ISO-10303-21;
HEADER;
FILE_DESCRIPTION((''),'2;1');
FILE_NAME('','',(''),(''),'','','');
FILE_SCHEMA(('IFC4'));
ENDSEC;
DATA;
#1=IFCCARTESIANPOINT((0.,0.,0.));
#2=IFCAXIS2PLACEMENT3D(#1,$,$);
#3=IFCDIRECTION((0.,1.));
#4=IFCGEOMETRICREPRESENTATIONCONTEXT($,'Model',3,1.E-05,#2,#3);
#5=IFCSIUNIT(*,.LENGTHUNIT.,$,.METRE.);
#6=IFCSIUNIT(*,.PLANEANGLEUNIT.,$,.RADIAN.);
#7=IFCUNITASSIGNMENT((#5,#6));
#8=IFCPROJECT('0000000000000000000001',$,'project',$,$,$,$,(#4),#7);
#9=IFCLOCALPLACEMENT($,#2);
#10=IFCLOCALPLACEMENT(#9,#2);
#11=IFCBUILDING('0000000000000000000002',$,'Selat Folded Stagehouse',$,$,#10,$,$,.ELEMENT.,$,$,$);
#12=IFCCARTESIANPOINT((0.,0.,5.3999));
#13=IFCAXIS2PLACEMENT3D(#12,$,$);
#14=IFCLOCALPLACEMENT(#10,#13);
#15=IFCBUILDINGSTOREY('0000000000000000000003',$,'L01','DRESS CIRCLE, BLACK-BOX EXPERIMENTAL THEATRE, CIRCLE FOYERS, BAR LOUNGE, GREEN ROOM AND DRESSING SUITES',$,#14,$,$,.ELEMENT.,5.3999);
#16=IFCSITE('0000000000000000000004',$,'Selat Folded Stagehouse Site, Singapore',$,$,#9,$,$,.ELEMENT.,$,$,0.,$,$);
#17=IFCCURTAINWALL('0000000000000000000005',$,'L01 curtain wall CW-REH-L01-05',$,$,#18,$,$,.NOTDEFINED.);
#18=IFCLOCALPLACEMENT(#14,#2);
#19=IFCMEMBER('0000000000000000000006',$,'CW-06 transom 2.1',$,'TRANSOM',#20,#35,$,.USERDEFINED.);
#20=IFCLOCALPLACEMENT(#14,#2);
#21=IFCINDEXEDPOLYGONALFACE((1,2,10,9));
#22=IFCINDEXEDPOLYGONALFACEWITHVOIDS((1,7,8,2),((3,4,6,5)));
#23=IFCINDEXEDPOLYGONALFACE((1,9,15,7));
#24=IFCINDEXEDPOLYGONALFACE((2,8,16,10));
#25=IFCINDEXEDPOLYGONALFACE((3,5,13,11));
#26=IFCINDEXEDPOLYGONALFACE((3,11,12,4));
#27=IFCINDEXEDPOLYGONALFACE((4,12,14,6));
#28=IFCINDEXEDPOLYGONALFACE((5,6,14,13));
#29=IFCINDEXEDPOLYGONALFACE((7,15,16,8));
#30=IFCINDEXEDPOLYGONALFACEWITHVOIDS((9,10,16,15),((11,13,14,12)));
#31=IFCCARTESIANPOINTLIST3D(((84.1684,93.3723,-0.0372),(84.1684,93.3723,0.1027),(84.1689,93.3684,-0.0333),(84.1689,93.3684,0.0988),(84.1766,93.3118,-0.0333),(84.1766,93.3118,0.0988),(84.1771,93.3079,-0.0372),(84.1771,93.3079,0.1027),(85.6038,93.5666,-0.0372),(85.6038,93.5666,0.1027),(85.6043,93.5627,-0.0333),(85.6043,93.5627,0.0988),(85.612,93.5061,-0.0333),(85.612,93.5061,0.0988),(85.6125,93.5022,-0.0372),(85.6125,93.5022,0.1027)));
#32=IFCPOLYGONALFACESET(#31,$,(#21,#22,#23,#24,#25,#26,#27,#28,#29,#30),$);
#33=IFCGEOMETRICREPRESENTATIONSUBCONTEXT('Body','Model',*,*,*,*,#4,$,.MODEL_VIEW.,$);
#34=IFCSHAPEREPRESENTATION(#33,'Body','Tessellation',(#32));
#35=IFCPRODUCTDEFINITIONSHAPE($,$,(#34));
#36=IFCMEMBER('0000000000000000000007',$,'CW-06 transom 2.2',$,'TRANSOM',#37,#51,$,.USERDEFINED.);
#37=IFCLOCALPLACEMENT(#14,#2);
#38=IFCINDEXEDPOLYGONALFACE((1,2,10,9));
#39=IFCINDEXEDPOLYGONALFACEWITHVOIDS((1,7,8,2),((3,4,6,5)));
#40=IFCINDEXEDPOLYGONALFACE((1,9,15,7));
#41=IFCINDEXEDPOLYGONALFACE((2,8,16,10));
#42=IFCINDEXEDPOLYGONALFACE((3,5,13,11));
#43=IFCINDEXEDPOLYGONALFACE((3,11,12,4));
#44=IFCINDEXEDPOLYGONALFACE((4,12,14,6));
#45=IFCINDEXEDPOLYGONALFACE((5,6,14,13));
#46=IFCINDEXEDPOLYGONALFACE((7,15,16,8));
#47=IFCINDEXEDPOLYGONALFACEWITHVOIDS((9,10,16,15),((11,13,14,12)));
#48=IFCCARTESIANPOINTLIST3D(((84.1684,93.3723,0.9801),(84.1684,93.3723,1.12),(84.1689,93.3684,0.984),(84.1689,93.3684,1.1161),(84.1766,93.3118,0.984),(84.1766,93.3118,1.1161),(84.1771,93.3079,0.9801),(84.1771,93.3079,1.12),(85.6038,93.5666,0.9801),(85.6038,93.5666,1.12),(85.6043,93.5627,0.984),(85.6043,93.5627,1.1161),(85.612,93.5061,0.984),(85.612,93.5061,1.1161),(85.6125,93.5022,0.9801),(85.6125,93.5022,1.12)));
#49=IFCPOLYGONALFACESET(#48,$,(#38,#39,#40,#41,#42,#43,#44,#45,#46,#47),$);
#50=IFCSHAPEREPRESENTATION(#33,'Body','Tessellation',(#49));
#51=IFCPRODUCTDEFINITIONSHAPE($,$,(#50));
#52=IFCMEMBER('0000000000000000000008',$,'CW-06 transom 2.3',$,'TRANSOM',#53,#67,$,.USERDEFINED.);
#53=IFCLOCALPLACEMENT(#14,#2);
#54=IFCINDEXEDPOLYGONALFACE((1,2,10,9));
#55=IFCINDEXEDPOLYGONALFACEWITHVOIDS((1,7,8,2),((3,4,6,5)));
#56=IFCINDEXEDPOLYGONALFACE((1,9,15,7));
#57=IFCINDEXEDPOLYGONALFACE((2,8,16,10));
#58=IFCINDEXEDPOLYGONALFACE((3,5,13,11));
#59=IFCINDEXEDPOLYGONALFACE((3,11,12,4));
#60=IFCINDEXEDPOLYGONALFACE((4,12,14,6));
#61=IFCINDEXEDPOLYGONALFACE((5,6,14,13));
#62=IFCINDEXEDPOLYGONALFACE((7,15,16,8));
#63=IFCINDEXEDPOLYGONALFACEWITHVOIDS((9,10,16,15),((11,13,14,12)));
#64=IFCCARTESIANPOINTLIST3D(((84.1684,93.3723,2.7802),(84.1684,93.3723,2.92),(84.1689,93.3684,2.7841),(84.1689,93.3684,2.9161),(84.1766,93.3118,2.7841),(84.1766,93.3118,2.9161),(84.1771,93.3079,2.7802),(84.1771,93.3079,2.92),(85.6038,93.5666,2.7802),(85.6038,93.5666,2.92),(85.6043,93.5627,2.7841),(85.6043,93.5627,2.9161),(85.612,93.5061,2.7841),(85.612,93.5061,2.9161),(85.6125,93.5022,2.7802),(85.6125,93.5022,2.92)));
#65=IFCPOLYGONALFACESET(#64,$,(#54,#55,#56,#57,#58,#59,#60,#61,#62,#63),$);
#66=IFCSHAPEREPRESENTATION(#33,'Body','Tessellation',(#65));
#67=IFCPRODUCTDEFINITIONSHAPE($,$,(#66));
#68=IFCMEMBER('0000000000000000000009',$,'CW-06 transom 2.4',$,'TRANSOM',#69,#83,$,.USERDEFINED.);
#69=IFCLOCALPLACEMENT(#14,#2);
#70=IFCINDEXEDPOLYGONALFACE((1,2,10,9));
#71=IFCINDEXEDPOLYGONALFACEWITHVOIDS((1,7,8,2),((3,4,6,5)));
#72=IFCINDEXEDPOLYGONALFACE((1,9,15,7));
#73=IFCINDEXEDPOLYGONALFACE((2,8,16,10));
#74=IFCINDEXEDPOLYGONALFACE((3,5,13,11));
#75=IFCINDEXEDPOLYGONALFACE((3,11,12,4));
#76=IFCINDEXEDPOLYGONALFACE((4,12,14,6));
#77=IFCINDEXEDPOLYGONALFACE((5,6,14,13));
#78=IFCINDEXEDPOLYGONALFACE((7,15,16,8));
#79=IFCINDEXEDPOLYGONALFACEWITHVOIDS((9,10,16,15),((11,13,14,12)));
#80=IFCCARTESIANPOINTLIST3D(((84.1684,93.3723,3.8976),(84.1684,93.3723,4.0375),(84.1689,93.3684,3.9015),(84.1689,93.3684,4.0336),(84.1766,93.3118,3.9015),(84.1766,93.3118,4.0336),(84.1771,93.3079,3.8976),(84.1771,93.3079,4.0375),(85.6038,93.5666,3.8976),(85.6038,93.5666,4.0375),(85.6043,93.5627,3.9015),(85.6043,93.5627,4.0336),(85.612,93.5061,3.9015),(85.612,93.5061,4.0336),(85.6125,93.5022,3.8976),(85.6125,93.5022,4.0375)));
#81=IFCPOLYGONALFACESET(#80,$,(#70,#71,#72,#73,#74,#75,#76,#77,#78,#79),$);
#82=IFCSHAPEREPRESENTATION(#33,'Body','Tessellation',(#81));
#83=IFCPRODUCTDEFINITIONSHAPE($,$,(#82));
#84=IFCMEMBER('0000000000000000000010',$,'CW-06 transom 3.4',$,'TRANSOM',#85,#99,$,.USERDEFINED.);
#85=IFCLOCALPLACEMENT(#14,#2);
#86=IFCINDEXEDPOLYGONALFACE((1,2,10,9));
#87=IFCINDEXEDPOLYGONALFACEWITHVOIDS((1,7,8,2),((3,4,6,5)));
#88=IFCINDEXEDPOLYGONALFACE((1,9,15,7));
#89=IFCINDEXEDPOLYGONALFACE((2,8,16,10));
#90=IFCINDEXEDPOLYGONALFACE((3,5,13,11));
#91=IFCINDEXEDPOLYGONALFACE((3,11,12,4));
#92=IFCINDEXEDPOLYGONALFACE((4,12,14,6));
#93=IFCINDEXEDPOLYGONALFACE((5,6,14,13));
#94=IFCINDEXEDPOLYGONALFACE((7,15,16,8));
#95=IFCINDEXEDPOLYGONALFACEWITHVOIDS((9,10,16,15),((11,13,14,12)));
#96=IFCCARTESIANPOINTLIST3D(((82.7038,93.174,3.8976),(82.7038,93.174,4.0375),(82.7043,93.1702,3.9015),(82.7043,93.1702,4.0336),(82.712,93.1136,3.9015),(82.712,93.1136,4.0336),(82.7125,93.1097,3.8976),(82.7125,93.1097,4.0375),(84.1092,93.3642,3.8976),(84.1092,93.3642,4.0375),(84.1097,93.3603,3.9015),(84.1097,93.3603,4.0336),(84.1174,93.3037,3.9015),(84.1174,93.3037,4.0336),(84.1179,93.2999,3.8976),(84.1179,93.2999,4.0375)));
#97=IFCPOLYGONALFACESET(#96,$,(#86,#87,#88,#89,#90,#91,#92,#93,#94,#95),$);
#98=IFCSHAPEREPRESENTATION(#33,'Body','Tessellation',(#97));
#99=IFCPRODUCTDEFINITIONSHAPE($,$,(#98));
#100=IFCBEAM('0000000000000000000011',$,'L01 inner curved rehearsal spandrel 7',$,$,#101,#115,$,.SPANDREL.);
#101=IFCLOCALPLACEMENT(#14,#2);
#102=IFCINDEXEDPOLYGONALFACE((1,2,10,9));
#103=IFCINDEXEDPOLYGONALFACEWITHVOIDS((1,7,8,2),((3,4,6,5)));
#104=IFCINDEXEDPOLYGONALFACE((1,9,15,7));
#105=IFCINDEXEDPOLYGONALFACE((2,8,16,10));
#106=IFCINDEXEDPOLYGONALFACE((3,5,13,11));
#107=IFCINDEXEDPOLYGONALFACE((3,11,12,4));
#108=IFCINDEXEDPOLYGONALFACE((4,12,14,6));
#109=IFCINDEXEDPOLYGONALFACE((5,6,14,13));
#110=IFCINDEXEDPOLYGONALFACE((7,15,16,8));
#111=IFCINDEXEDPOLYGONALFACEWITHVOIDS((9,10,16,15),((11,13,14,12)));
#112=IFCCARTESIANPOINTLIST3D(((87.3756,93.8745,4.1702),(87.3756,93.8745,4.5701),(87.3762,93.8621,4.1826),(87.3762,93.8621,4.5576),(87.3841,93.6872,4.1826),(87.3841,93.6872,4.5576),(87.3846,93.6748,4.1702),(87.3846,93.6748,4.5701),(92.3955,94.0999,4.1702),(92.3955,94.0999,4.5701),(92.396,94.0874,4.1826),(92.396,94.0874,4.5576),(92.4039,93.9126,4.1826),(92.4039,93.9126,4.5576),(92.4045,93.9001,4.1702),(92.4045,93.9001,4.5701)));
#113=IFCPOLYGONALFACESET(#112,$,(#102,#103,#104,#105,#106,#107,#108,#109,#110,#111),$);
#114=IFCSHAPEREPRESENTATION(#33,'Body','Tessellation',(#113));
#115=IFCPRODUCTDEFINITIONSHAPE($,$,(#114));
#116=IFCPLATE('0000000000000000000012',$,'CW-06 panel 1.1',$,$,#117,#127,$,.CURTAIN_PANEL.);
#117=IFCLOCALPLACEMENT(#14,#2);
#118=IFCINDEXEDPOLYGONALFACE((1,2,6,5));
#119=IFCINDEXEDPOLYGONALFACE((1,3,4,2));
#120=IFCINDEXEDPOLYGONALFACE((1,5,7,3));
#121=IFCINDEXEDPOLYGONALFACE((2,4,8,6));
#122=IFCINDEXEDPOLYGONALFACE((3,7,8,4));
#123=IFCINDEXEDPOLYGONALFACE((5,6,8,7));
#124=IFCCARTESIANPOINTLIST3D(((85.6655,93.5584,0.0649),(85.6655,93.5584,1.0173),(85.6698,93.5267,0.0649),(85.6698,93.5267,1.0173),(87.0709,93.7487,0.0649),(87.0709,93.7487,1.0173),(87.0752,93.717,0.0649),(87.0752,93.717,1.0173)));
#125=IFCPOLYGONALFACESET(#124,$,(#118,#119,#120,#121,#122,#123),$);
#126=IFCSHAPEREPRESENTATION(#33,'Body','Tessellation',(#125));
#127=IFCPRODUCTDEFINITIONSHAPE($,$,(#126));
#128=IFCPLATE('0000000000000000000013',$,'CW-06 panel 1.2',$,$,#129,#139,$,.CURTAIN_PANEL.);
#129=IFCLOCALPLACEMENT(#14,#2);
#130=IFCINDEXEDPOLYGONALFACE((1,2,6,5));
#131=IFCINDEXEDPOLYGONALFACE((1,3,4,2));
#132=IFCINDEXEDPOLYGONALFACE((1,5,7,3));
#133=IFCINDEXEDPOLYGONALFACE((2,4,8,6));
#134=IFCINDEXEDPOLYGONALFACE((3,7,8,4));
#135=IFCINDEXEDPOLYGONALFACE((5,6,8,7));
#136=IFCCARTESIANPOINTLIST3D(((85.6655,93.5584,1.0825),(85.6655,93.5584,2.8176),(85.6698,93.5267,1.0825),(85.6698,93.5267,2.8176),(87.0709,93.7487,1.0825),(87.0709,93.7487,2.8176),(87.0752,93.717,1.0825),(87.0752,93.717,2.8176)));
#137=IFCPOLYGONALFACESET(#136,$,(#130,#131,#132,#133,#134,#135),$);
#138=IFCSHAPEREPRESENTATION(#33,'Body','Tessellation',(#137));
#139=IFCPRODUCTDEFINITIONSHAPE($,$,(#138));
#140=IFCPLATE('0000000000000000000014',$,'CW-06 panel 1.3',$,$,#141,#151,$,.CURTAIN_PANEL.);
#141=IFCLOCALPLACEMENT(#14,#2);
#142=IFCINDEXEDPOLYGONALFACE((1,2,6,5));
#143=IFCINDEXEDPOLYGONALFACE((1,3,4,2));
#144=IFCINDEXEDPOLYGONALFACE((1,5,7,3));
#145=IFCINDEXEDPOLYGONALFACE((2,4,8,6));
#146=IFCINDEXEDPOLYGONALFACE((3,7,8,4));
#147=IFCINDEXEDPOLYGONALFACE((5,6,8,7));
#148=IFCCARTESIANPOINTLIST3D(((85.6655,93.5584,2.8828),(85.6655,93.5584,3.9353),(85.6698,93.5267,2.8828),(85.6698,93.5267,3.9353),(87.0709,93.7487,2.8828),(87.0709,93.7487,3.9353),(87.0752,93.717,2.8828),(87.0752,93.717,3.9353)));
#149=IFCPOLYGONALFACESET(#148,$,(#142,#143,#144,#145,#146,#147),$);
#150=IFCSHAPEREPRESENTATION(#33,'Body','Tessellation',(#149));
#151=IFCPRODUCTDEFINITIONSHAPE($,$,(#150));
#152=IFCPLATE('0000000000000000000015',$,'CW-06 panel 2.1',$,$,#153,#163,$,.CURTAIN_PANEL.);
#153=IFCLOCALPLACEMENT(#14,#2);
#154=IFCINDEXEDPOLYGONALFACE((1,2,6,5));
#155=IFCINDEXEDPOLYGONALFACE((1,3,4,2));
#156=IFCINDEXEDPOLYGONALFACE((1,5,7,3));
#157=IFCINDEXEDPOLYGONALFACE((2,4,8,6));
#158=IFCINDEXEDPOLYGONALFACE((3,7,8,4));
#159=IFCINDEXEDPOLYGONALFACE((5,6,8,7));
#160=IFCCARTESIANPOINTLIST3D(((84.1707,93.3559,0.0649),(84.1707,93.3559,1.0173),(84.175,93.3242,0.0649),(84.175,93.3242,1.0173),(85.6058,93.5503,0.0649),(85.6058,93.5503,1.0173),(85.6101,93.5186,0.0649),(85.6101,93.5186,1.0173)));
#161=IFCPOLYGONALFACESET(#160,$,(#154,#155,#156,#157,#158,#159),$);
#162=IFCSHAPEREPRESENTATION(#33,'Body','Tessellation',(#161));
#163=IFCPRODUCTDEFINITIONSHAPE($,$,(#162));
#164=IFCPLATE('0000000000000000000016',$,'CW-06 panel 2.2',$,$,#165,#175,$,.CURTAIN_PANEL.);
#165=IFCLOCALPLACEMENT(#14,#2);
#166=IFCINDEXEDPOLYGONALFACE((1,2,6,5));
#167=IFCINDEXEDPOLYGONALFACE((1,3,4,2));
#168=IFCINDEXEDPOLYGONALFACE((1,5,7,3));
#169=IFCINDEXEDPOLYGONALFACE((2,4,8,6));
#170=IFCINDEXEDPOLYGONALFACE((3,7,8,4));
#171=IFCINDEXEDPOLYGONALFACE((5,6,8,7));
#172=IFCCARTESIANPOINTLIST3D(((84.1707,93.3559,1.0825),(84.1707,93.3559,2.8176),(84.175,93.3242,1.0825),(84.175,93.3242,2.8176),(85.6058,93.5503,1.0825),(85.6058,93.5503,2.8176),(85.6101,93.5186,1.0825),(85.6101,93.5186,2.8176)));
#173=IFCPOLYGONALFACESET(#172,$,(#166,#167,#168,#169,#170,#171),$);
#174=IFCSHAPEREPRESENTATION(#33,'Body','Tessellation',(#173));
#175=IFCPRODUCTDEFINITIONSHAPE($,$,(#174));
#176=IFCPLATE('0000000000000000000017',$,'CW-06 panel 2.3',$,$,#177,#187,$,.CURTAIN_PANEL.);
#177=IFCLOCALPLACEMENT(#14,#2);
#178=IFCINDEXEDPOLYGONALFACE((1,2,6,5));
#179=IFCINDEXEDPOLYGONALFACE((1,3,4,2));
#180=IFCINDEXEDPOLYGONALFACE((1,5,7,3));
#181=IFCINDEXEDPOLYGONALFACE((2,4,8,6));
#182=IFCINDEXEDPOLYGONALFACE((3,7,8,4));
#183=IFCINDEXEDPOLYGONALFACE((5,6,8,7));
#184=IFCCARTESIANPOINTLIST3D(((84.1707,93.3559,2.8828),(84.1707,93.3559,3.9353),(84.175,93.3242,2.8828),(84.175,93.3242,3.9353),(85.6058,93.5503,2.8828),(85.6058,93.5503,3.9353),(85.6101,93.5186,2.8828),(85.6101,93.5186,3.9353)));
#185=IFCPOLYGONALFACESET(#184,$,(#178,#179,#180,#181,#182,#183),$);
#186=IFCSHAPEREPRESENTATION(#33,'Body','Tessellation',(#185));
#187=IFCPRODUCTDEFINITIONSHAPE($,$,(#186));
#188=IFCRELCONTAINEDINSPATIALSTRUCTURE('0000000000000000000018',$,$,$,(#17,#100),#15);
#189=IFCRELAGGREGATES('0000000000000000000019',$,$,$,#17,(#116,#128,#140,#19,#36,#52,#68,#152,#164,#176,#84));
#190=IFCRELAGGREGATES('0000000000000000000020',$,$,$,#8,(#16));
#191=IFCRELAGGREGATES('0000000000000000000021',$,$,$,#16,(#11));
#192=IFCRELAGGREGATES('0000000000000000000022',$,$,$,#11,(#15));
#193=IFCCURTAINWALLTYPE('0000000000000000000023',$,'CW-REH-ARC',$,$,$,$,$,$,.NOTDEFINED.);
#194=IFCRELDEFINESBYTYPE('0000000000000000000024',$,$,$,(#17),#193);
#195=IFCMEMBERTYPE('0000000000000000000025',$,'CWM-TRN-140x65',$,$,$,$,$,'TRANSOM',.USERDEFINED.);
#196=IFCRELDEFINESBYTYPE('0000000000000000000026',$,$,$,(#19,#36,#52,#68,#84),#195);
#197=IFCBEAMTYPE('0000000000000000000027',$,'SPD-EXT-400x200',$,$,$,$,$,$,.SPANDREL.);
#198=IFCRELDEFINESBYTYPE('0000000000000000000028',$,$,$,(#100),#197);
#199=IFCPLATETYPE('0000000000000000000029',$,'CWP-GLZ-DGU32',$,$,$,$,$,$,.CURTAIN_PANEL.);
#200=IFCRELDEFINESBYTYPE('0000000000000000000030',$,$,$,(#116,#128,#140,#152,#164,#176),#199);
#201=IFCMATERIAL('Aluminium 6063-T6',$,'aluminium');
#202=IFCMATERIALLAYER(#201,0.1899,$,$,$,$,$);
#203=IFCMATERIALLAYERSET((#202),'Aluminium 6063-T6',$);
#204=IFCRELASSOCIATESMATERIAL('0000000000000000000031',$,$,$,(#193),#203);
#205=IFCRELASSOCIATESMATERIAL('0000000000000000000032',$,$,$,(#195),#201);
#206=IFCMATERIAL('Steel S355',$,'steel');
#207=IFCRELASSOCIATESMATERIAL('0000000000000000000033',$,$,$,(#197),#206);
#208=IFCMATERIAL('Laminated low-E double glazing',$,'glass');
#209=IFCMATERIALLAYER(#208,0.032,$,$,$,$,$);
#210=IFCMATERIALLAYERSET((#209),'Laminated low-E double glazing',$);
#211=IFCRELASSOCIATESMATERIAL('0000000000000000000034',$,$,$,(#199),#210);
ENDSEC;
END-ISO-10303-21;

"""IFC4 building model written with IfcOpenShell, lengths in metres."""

from ifc_helpers import new_model, si_unit, direction, frame, origin, origin_2d, place, context, subcontext, project, spatial, rectangle, hollow_rectangle, extrude, material, layer, layer_set, material_profile, profile_set, type_object, element, aggregate, save


model = new_model("IFC4")

# Units and contexts
model_context = context("Model", 3, precision=1e-05, world=origin(), true_north=direction((0.0, 1.0)))
body_context = subcontext(model_context, "Body", "Model", "MODEL_VIEW")
ifc_project = project(units=[si_unit("LENGTHUNIT", "METRE"), si_unit("PLANEANGLEUNIT", "RADIAN")], contexts=[model_context])

# Site, building, storey
site_placement = place(None, origin())
site = spatial("IfcSite", under=ifc_project, at=site_placement, Name="Selat Folded Stagehouse Site, Singapore", CompositionType="ELEMENT", RefElevation=0.0)
building_placement = place(site_placement, origin())
building = spatial("IfcBuilding", under=site, at=building_placement, Name="Selat Folded Stagehouse", CompositionType="ELEMENT")
storey_placement = place(building_placement, frame((0.0, 0.0, 5.3999)))
storey = spatial("IfcBuildingStorey", under=building, at=storey_placement, Name="L01", Description="DRESS CIRCLE, BLACK-BOX EXPERIMENTAL THEATRE, CIRCLE FOYERS, BAR LOUNGE, GREEN ROOM AND DRESSING SUITES", CompositionType="ELEMENT", Elevation=5.3999)

# Shared definitions
ifc_material_1 = material(Name="Steel S355", Category="steel")

# Curtain wall, members
ifc_material_2 = material(Name="Aluminium 6063-T6", Category="aluminium")
ifc_layer_1 = layer(ifc_material_2, 0.1899)
ifc_layer_set_1 = layer_set([ifc_layer_1], Name="Aluminium 6063-T6")
curtain_wall_type = type_object("IfcCurtainWallType", Name="CW-REH-ARC", PredefinedType="NOTDEFINED", material=ifc_layer_set_1)
curtain_wall_placement = place(storey_placement, origin())
curtain_wall = element("IfcCurtainWall", 1, at=curtain_wall_placement, inside=storey, type_object=curtain_wall_type, Name="L01 curtain wall CW-REH-L01-05", PredefinedType="NOTDEFINED")
ifc_material_profile_1 = material_profile(ifc_material_2, hollow_rectangle(XDim=0.0649, YDim=0.1399, WallThickness=0.0039, at=origin_2d()), Name="ALU 140x65x4.0")
ifc_profile_set_1 = profile_set([ifc_material_profile_1], Name="Aluminium 6063-T6")
member_type_1 = type_object("IfcMemberType", Name="CWM-TRN-140x65", ElementType="TRANSOM", PredefinedType="USERDEFINED", material=ifc_profile_set_1)
member_1_placement = place(storey_placement, frame((85.6082, 93.5344, 0.0327), z_axis=(-0.990958, -0.134173, 0.0), x_axis=(0.134173, -0.990958, 0.0)))
member_1 = element("IfcMember", 2, at=member_1_placement, type_object=member_type_1, Name="CW-06 transom 2.1", ObjectType="TRANSOM", PredefinedType="USERDEFINED", context=body_context, shape_type="SweptSolid", body=[
    extrude(hollow_rectangle(XDim=0.0649, YDim=0.1399, WallThickness=0.0039, at=origin_2d()), origin(), (0.0, 0.0, 1.0), 1.4485),
])
member_2_placement = place(storey_placement, frame((85.6082, 93.5344, 1.05), z_axis=(-0.990958, -0.134173, 0.0), x_axis=(0.134173, -0.990958, 0.0)))
member_2 = element("IfcMember", 3, at=member_2_placement, type_object=member_type_1, Name="CW-06 transom 2.2", ObjectType="TRANSOM", PredefinedType="USERDEFINED", context=body_context, shape_type="SweptSolid", body=[
    extrude(hollow_rectangle(XDim=0.0649, YDim=0.1399, WallThickness=0.0039, at=origin_2d()), origin(), (0.0, 0.0, 1.0), 1.4485),
])
member_3_placement = place(storey_placement, frame((85.6082, 93.5344, 2.8501), z_axis=(-0.990958, -0.134173, 0.0), x_axis=(0.134173, -0.990958, 0.0)))
member_3 = element("IfcMember", 4, at=member_3_placement, type_object=member_type_1, Name="CW-06 transom 2.3", ObjectType="TRANSOM", PredefinedType="USERDEFINED", context=body_context, shape_type="SweptSolid", body=[
    extrude(hollow_rectangle(XDim=0.0649, YDim=0.1399, WallThickness=0.0039, at=origin_2d()), origin(), (0.0, 0.0, 1.0), 1.4485),
])
member_4_placement = place(storey_placement, frame((85.6082, 93.5344, 3.9675), z_axis=(-0.990958, -0.134173, 0.0), x_axis=(0.134173, -0.990958, 0.0)))
member_4 = element("IfcMember", 5, at=member_4_placement, type_object=member_type_1, Name="CW-06 transom 2.4", ObjectType="TRANSOM", PredefinedType="USERDEFINED", context=body_context, shape_type="SweptSolid", body=[
    extrude(hollow_rectangle(XDim=0.0649, YDim=0.1399, WallThickness=0.0039, at=origin_2d()), origin(), (0.0, 0.0, 1.0), 1.4485),
])
member_5_placement = place(storey_placement, frame((84.1135, 93.332, 3.9675), z_axis=(-0.990969, -0.134092, 0.0), x_axis=(0.134092, -0.990969, 0.0)))
member_5 = element("IfcMember", 6, at=member_5_placement, type_object=member_type_1, Name="CW-06 transom 3.4", ObjectType="TRANSOM", PredefinedType="USERDEFINED", context=body_context, shape_type="SweptSolid", body=[
    extrude(hollow_rectangle(XDim=0.0649, YDim=0.1399, WallThickness=0.0039, at=origin_2d()), origin(), (0.0, 0.0, 1.0), 1.4182),
])

# Beam
ifc_material_profile_2 = material_profile(ifc_material_1, hollow_rectangle(XDim=0.2, YDim=0.3999, WallThickness=0.0125, at=origin_2d()), Name="RHS 400x200x12.5")
ifc_profile_set_2 = profile_set([ifc_material_profile_2], Name="Steel S355")
beam_type = type_object("IfcBeamType", Name="SPD-EXT-400x200", PredefinedType="SPANDREL", material=ifc_profile_set_2)
beam_placement = place(storey_placement, frame((87.3801, 93.7747, 4.3701), z_axis=(0.998994, 0.044846, 0.0), x_axis=(-0.044846, 0.998994, 0.0)))
element("IfcBeam", 7, at=beam_placement, inside=storey, type_object=beam_type, Name="L01 inner curved rehearsal spandrel 7", PredefinedType="SPANDREL", context=body_context, shape_type="SweptSolid", body=[
    extrude(hollow_rectangle(XDim=0.2, YDim=0.3999, WallThickness=0.0125, at=origin_2d()), origin(), (0.0, 0.0, 1.0), 5.0249),
])

# Plates
ifc_material_3 = material(Name="Laminated low-E double glazing", Category="glass")
ifc_layer_2 = layer(ifc_material_3, 0.032)
ifc_layer_set_2 = layer_set([ifc_layer_2], Name="Laminated low-E double glazing")
plate_type = type_object("IfcPlateType", Name="CWP-GLZ-DGU32", PredefinedType="CURTAIN_PANEL", material=ifc_layer_set_2)
plate_1_placement = place(storey_placement, frame((86.3704, 93.6377, 0.0649), z_axis=(0.0, 0.0, 1.0), x_axis=(-0.990953, -0.134212, 0.0)))
plate_1 = element("IfcPlate", 8, at=plate_1_placement, type_object=plate_type, Name="CW-06 panel 1.1", PredefinedType="CURTAIN_PANEL", context=body_context, shape_type="SweptSolid", body=[
    extrude(rectangle(XDim=1.4182, YDim=0.032, at=origin_2d()), origin(), (0.0, 0.0, 1.0), 0.9524),
])
plate_2_placement = place(storey_placement, frame((86.3704, 93.6377, 1.0825), z_axis=(0.0, 0.0, 1.0), x_axis=(-0.990953, -0.134212, 0.0)))
plate_2 = element("IfcPlate", 9, at=plate_2_placement, type_object=plate_type, Name="CW-06 panel 1.2", PredefinedType="CURTAIN_PANEL", context=body_context, shape_type="SweptSolid", body=[
    extrude(rectangle(XDim=1.4182, YDim=0.032, at=origin_2d()), origin(), (0.0, 0.0, 1.0), 1.7351),
])
plate_3_placement = place(storey_placement, frame((86.3704, 93.6377, 2.8828), z_axis=(0.0, 0.0, 1.0), x_axis=(-0.990953, -0.134212, 0.0)))
plate_3 = element("IfcPlate", 10, at=plate_3_placement, type_object=plate_type, Name="CW-06 panel 1.3", PredefinedType="CURTAIN_PANEL", context=body_context, shape_type="SweptSolid", body=[
    extrude(rectangle(XDim=1.4182, YDim=0.032, at=origin_2d()), origin(), (0.0, 0.0, 1.0), 1.0525),
])
plate_4_placement = place(storey_placement, frame((84.8904, 93.4373, 0.0649), z_axis=(0.0, 0.0, 1.0), x_axis=(-0.990953, -0.134212, 0.0)))
plate_4 = element("IfcPlate", 11, at=plate_4_placement, type_object=plate_type, Name="CW-06 panel 2.1", PredefinedType="CURTAIN_PANEL", context=body_context, shape_type="SweptSolid", body=[
    extrude(rectangle(XDim=1.4482, YDim=0.032, at=origin_2d()), origin(), (0.0, 0.0, 1.0), 0.9524),
])
plate_5_placement = place(storey_placement, frame((84.8904, 93.4373, 1.0825), z_axis=(0.0, 0.0, 1.0), x_axis=(-0.990953, -0.134212, 0.0)))
plate_5 = element("IfcPlate", 12, at=plate_5_placement, type_object=plate_type, Name="CW-06 panel 2.2", PredefinedType="CURTAIN_PANEL", context=body_context, shape_type="SweptSolid", body=[
    extrude(rectangle(XDim=1.4482, YDim=0.032, at=origin_2d()), origin(), (0.0, 0.0, 1.0), 1.7351),
])
plate_6_placement = place(storey_placement, frame((84.8904, 93.4373, 2.8828), z_axis=(0.0, 0.0, 1.0), x_axis=(-0.990953, -0.134212, 0.0)))
plate_6 = element("IfcPlate", 13, at=plate_6_placement, type_object=plate_type, Name="CW-06 panel 2.3", PredefinedType="CURTAIN_PANEL", context=body_context, shape_type="SweptSolid", body=[
    extrude(rectangle(XDim=1.4482, YDim=0.032, at=origin_2d()), origin(), (0.0, 0.0, 1.0), 1.0525),
])
aggregate(curtain_wall, [plate_1, plate_2, plate_3, member_1, member_2, member_3, member_4, plate_4, plate_5, plate_6, member_5])

save(model, "model.ifc")
